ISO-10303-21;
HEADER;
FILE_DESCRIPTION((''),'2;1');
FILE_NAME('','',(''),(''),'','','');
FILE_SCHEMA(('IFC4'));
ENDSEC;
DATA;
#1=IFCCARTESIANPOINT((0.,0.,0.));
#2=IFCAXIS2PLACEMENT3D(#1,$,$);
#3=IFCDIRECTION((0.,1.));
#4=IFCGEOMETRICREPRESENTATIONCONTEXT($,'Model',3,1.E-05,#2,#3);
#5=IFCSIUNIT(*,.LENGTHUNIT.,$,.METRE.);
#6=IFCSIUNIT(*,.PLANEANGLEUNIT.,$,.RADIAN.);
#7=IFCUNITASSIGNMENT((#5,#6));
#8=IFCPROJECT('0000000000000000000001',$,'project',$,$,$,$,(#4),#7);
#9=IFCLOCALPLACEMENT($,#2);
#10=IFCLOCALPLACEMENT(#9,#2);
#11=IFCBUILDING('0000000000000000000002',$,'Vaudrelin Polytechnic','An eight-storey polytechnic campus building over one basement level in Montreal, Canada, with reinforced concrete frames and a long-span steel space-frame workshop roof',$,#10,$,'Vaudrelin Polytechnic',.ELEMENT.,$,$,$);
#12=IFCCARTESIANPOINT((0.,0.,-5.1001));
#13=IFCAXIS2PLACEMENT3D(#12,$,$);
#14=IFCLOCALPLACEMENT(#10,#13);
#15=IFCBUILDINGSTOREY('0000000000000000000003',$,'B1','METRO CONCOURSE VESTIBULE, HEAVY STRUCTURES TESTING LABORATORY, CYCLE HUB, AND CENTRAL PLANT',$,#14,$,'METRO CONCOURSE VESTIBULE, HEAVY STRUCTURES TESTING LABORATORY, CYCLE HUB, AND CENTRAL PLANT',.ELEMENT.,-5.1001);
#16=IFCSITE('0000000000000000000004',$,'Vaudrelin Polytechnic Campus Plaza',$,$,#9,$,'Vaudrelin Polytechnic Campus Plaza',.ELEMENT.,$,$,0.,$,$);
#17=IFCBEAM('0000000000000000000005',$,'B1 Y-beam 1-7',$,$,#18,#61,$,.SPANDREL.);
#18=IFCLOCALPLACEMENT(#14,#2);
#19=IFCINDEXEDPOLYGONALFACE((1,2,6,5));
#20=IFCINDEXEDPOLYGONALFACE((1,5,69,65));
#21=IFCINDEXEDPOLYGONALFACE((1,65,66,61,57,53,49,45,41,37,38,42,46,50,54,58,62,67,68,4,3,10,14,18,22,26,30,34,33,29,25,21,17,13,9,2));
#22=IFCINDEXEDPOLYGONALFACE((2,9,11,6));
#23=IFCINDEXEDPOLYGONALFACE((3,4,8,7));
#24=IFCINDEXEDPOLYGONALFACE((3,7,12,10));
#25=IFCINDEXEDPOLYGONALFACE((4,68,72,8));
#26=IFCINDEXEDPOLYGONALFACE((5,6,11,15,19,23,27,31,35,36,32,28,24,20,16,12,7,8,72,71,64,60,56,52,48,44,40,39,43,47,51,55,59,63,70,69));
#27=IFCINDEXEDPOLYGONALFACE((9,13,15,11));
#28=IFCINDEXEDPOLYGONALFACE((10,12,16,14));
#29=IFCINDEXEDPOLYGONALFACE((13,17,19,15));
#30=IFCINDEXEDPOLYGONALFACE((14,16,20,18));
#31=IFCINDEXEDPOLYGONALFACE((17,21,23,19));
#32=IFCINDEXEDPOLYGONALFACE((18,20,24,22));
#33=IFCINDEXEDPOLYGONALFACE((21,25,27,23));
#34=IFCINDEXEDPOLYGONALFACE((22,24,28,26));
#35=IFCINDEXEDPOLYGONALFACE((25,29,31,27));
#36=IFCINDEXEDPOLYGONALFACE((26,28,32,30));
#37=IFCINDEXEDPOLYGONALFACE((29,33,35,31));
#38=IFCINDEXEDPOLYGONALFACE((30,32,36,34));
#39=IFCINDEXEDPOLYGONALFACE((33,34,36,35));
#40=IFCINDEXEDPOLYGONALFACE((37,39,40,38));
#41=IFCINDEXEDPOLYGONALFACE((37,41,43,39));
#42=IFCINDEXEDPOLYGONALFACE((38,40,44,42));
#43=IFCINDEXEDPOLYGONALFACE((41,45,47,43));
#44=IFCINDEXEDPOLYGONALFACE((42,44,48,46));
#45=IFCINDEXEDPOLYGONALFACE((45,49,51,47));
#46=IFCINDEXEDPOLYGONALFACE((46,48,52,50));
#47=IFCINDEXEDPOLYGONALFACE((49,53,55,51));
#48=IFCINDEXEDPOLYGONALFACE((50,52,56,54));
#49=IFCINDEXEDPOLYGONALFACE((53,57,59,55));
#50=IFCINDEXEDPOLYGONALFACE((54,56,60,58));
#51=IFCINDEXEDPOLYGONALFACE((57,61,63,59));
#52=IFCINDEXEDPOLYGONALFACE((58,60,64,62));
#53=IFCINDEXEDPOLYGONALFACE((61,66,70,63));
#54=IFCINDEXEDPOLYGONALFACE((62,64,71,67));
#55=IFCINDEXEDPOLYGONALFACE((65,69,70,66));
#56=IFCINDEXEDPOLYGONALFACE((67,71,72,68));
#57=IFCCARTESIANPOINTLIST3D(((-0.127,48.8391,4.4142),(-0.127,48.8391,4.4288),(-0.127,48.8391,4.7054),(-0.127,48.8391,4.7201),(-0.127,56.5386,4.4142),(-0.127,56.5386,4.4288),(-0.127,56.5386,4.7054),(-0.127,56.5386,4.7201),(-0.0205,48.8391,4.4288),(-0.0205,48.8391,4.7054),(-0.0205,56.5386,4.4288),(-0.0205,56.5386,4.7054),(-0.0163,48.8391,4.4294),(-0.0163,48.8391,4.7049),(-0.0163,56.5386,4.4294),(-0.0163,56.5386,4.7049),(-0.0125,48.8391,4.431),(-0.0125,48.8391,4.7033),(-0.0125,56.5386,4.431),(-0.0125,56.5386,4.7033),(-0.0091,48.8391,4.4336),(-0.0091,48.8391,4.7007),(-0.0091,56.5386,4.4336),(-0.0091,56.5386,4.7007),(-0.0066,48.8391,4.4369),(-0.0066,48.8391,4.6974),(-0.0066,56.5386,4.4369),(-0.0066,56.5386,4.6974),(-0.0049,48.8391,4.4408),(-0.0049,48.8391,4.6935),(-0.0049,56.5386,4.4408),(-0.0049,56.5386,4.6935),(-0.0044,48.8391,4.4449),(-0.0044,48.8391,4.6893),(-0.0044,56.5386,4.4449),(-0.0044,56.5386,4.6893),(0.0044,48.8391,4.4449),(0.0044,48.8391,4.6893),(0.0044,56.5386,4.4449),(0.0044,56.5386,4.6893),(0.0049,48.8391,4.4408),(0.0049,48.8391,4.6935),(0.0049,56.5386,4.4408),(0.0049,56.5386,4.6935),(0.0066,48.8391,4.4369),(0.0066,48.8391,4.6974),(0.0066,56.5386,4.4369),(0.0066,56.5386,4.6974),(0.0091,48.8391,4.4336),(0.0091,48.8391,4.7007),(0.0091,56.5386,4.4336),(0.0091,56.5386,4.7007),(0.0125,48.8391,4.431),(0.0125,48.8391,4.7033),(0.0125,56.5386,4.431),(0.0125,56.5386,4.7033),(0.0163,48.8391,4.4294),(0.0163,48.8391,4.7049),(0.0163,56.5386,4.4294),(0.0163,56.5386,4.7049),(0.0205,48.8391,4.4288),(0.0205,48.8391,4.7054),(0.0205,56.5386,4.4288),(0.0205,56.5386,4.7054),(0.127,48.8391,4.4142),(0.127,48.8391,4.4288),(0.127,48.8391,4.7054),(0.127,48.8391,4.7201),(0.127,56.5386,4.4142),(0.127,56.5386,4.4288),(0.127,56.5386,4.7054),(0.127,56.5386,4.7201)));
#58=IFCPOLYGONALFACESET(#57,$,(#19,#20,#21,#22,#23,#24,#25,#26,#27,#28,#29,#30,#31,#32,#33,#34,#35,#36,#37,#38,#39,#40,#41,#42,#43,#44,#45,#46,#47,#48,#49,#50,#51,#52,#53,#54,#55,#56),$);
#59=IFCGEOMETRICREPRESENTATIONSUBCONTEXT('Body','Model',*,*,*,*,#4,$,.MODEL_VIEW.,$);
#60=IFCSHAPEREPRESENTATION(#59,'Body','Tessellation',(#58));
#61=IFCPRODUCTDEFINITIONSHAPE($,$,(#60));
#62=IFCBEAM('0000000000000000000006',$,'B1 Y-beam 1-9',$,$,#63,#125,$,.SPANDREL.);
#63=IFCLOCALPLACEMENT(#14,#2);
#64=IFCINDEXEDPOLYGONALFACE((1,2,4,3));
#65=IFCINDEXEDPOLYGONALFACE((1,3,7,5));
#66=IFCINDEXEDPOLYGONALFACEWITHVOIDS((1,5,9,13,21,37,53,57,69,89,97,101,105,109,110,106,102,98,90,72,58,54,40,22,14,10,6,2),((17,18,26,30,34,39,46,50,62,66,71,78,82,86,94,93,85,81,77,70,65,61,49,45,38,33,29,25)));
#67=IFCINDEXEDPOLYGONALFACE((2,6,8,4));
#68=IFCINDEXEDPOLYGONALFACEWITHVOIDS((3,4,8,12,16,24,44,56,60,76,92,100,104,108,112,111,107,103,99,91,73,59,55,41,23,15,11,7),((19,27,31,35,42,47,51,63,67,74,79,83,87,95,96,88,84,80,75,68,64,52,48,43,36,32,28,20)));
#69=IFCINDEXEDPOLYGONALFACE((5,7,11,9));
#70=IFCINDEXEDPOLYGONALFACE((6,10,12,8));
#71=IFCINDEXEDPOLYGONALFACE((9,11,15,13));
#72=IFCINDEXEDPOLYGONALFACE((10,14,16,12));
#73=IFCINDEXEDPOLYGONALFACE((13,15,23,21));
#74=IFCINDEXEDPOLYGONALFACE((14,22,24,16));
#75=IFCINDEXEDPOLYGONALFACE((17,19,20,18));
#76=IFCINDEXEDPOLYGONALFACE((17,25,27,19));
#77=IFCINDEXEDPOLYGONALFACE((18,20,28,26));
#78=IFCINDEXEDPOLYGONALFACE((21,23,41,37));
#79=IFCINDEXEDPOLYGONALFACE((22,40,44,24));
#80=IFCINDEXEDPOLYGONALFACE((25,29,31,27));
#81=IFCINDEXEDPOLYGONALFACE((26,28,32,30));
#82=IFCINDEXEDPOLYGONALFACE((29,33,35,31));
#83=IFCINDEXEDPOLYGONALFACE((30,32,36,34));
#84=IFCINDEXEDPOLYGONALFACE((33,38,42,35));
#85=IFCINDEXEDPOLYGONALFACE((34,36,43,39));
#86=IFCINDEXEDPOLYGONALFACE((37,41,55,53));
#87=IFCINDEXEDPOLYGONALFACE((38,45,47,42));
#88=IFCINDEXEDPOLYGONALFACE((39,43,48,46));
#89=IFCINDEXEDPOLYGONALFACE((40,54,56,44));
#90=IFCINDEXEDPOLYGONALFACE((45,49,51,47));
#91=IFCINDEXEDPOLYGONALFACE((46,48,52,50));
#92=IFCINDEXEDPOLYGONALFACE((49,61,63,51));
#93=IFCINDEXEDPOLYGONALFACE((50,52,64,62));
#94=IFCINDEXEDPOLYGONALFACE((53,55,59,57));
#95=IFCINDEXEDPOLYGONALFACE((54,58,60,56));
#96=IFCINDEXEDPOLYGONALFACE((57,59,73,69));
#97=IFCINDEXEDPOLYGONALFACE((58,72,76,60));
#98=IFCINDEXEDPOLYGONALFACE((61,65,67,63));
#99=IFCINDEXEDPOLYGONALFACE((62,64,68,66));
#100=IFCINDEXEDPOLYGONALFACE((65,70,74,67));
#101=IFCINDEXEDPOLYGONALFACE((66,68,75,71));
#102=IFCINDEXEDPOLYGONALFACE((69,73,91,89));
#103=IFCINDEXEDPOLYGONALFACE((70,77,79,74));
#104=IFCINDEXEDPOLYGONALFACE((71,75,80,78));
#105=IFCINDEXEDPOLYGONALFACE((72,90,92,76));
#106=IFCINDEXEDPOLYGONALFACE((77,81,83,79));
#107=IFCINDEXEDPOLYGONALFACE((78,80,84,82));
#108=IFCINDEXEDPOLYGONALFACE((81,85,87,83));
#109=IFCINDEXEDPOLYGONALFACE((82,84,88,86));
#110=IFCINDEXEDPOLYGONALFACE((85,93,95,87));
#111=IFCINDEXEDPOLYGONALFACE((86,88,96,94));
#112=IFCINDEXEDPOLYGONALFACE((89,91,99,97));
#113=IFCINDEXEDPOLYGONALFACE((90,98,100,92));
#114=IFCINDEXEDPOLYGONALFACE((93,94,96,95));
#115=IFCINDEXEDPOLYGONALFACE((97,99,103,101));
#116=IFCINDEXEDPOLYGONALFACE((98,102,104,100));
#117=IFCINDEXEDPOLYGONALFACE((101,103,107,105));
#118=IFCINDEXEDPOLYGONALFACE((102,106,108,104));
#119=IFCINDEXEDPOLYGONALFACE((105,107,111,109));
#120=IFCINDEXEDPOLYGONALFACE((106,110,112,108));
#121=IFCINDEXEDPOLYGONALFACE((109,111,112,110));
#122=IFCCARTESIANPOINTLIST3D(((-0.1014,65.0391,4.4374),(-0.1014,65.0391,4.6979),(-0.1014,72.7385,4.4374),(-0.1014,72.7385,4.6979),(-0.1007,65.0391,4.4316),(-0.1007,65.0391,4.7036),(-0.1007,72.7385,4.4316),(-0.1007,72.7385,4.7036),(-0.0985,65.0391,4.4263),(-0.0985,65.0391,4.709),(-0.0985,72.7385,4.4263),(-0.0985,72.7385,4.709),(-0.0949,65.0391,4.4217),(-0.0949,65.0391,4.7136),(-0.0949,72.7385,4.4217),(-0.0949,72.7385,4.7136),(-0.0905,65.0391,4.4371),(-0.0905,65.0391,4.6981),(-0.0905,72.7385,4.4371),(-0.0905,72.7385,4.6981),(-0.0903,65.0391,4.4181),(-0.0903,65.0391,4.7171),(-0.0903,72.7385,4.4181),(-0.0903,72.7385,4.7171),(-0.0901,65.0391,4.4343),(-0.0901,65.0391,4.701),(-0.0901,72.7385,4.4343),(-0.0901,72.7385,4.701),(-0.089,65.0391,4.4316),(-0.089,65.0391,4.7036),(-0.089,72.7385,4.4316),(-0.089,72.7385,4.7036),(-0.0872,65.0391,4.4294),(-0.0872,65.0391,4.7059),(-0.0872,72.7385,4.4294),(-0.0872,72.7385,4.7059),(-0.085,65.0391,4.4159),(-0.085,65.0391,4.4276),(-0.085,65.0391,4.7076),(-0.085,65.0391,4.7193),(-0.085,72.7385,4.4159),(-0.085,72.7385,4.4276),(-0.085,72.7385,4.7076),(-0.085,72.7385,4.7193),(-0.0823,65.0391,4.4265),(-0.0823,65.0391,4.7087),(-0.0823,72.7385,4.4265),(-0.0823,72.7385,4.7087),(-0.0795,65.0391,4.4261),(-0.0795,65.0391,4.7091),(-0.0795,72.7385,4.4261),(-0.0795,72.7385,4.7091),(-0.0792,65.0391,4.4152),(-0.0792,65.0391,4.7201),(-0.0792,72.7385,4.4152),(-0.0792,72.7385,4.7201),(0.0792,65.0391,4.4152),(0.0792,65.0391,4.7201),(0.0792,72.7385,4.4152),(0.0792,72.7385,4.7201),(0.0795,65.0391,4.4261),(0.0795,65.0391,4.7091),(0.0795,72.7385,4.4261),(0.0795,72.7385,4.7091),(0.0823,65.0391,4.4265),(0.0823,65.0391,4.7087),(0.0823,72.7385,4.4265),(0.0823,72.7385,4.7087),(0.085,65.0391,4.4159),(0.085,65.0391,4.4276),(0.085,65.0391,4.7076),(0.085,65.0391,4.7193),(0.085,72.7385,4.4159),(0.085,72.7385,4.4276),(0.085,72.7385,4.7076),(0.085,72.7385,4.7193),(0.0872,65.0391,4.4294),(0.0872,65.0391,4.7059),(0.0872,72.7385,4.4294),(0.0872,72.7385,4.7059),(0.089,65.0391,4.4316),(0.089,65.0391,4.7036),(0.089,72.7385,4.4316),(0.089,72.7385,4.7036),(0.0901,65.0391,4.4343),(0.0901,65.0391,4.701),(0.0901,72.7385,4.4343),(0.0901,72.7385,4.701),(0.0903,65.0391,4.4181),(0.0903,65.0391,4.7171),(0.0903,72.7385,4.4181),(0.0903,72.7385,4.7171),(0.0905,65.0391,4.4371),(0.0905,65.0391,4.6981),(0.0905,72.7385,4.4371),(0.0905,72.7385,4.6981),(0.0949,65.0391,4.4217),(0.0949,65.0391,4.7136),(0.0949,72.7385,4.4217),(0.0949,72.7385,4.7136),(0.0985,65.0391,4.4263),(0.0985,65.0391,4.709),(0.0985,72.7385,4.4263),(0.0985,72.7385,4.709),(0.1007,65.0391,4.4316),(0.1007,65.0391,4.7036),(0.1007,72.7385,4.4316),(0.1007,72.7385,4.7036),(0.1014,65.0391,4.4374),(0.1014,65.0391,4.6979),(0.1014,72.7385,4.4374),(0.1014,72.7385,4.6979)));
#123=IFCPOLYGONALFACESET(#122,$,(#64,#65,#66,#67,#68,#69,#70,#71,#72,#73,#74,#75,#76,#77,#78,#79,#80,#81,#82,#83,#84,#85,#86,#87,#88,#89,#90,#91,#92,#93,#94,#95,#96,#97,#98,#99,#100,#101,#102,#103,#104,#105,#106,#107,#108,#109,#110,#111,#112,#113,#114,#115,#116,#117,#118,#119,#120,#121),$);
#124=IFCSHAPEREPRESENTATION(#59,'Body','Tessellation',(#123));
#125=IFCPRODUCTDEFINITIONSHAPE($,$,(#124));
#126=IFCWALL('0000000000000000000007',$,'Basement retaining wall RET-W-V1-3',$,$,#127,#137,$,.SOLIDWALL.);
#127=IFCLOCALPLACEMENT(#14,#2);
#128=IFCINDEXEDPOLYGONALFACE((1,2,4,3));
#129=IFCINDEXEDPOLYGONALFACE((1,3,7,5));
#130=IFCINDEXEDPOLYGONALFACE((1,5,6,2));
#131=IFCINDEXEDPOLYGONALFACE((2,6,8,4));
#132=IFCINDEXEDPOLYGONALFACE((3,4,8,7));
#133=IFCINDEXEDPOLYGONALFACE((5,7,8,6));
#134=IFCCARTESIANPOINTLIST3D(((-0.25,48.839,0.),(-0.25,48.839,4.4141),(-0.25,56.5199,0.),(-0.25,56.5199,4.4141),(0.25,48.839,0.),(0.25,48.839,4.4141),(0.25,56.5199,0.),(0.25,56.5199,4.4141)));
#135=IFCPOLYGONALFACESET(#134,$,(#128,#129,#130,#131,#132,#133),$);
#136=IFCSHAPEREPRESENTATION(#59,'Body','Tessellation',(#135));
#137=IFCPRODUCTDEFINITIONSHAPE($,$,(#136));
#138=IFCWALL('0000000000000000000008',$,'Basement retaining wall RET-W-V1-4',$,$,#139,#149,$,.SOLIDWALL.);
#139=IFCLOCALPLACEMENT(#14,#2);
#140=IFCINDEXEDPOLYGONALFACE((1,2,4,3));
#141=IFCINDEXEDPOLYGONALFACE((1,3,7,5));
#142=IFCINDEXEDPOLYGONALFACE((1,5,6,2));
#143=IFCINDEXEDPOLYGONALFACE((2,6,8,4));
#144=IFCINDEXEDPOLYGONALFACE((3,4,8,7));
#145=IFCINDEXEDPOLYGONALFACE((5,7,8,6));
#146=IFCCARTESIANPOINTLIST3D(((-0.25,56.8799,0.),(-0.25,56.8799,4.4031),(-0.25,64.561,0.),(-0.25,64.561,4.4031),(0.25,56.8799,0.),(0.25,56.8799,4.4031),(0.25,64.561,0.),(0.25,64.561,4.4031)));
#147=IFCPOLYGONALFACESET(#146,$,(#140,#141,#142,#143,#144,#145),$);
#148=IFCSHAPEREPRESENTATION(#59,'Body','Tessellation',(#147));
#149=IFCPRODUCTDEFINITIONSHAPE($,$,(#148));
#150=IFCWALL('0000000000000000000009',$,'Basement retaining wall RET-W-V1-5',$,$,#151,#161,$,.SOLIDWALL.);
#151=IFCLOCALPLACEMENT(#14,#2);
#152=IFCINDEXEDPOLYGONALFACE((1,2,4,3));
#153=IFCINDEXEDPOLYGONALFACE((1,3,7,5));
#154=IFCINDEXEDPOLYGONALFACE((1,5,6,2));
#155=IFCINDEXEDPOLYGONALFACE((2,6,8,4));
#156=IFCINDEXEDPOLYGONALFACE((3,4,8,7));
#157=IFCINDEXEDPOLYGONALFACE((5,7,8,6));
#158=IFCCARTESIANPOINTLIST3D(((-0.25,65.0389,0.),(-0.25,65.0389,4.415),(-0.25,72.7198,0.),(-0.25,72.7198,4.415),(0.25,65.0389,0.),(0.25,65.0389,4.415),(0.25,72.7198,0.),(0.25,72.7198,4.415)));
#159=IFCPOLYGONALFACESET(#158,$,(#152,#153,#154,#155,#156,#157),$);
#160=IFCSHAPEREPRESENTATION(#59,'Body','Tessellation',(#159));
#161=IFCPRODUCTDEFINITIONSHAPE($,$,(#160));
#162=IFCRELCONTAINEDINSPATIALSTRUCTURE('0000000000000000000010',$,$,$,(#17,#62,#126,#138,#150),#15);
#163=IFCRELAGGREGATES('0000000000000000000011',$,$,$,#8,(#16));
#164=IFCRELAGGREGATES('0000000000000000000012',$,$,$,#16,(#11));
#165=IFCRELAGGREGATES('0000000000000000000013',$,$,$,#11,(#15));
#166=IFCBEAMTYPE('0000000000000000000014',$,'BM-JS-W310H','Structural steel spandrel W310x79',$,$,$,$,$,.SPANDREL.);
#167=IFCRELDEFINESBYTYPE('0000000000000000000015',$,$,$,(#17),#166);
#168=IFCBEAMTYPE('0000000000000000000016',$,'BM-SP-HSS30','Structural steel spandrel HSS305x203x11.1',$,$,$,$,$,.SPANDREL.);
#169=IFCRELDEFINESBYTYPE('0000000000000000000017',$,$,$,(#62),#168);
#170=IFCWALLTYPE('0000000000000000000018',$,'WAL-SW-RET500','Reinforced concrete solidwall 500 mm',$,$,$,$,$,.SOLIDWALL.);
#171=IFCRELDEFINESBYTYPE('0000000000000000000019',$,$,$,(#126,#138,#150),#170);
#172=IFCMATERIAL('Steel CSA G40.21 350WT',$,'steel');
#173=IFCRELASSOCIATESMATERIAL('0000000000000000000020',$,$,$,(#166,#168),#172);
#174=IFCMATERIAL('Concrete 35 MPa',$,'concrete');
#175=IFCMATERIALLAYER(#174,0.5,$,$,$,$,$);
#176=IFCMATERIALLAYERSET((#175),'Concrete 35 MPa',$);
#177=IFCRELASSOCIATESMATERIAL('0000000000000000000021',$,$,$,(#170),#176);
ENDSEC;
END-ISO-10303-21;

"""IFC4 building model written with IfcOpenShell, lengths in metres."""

from ifc_helpers import new_model, si_unit, direction, frame, frame_2d, origin, origin_2d, place, context, subcontext, project, spatial, rectangle, hollow_rectangle, i_section, extrude, material, layer, layer_set, material_profile, profile_set, type_object, element, save


model = new_model("IFC4")

# Units and contexts
model_context = context("Model", 3, precision=1e-05, world=origin(), true_north=direction((0.0, 1.0)))
body_context = subcontext(model_context, "Body", "Model", "MODEL_VIEW")
ifc_project = project(units=[si_unit("LENGTHUNIT", "METRE"), si_unit("PLANEANGLEUNIT", "RADIAN")], contexts=[model_context])

# Site, building, storey
site_placement = place(None, origin())
site = spatial("IfcSite", under=ifc_project, at=site_placement, Name="Vaudrelin Polytechnic Campus Plaza", LongName="Vaudrelin Polytechnic Campus Plaza", CompositionType="ELEMENT", RefElevation=0.0)
building_placement = place(site_placement, origin())
building = spatial("IfcBuilding", under=site, at=building_placement, Name="Vaudrelin Polytechnic", Description="An eight-storey polytechnic campus building over one basement level in Montreal, Canada, with reinforced concrete frames and a long-span steel space-frame workshop roof", LongName="Vaudrelin Polytechnic", CompositionType="ELEMENT")
storey_placement = place(building_placement, frame((0.0, 0.0, -5.1001)))
storey = spatial("IfcBuildingStorey", under=building, at=storey_placement, Name="B1", Description="METRO CONCOURSE VESTIBULE, HEAVY STRUCTURES TESTING LABORATORY, CYCLE HUB, AND CENTRAL PLANT", LongName="METRO CONCOURSE VESTIBULE, HEAVY STRUCTURES TESTING LABORATORY, CYCLE HUB, AND CENTRAL PLANT", CompositionType="ELEMENT", Elevation=-5.1001)

# Shared definitions
ifc_material_1 = material(Name="Steel CSA G40.21 350WT", Category="steel")

# Beams
ifc_material_profile_1 = material_profile(ifc_material_1, i_section(OverallWidth=0.2539, OverallDepth=0.3059, WebThickness=0.0088, FlangeThickness=0.0146, FilletRadius=0.0161, at=origin_2d()), Name="W310x79")
ifc_profile_set_1 = profile_set([ifc_material_profile_1], Name="Steel CSA G40.21 350WT")
beam_type_1 = type_object("IfcBeamType", Name="BM-JS-W310H", Description="Structural steel spandrel W310x79", PredefinedType="SPANDREL", material=ifc_profile_set_1)
beam_1_placement = place(storey_placement, frame((0.0, 48.8391, 4.5671), z_axis=(0.0, 1.0, 0.0), x_axis=(-1.0, 0.0, 0.0)))
element("IfcBeam", 1, at=beam_1_placement, inside=storey, type_object=beam_type_1, Name="B1 Y-beam 1-7", PredefinedType="SPANDREL", context=body_context, shape_type="SweptSolid", body=[
    extrude(i_section(OverallWidth=0.2539, OverallDepth=0.3059, WebThickness=0.0088, FlangeThickness=0.0146, FilletRadius=0.0161, at=origin_2d()), origin(), (0.0, 0.0, 1.0), 7.6995),
])
ifc_material_profile_2 = material_profile(ifc_material_1, hollow_rectangle(XDim=0.2029, YDim=0.3049, WallThickness=0.011, InnerFilletRadius=0.011, OuterFilletRadius=0.0222, at=origin_2d()), Name="HSS305x203x11.1")
ifc_profile_set_2 = profile_set([ifc_material_profile_2], Name="Steel CSA G40.21 350WT")
beam_type_2 = type_object("IfcBeamType", Name="BM-SP-HSS30", Description="Structural steel spandrel HSS305x203x11.1", PredefinedType="SPANDREL", material=ifc_profile_set_2)
beam_2_placement = place(storey_placement, frame((0.0, 65.0391, 4.5676), z_axis=(0.0, 1.0, 0.0), x_axis=(-1.0, 0.0, 0.0)))
element("IfcBeam", 2, at=beam_2_placement, inside=storey, type_object=beam_type_2, Name="B1 Y-beam 1-9", PredefinedType="SPANDREL", context=body_context, shape_type="SweptSolid", body=[
    extrude(hollow_rectangle(XDim=0.2029, YDim=0.3049, WallThickness=0.011, InnerFilletRadius=0.011, OuterFilletRadius=0.0222, at=origin_2d()), origin(), (0.0, 0.0, 1.0), 7.6995),
])

# Walls
ifc_material_2 = material(Name="Concrete 35 MPa", Category="concrete")
ifc_layer = layer(ifc_material_2, 0.5)
ifc_layer_set = layer_set([ifc_layer], Name="Concrete 35 MPa")
wall_type = type_object("IfcWallType", Name="WAL-SW-RET500", Description="Reinforced concrete solidwall 500 mm", PredefinedType="SOLIDWALL", material=ifc_layer_set)
wall_1_placement = place(storey_placement, frame((0.0, 48.8391, 0.0), z_axis=(0.0, 0.0, 1.0), x_axis=(0.0, 1.0, 0.0)))
element("IfcWall", 3, at=wall_1_placement, inside=storey, type_object=wall_type, Name="Basement retaining wall RET-W-V1-3", PredefinedType="SOLIDWALL", context=body_context, shape_type="SweptSolid", body=[
    extrude(rectangle(XDim=7.6809, YDim=0.5, at=frame_2d((3.8403, 0.0))), origin(), (0.0, 0.0, 1.0), 4.4141),
])
wall_2_placement = place(storey_placement, frame((0.0, 56.8799, 0.0), z_axis=(0.0, 0.0, 1.0), x_axis=(0.0, 1.0, 0.0)))
element("IfcWall", 4, at=wall_2_placement, inside=storey, type_object=wall_type, Name="Basement retaining wall RET-W-V1-4", PredefinedType="SOLIDWALL", context=body_context, shape_type="SweptSolid", body=[
    extrude(rectangle(XDim=7.6812, YDim=0.5, at=frame_2d((3.8406, 0.0))), origin(), (0.0, 0.0, 1.0), 4.4031),
])
wall_3_placement = place(storey_placement, frame((0.0, 65.0391, 0.0), z_axis=(0.0, 0.0, 1.0), x_axis=(0.0, 1.0, 0.0)))
element("IfcWall", 5, at=wall_3_placement, inside=storey, type_object=wall_type, Name="Basement retaining wall RET-W-V1-5", PredefinedType="SOLIDWALL", context=body_context, shape_type="SweptSolid", body=[
    extrude(rectangle(XDim=7.6809, YDim=0.5, at=frame_2d((3.8403, 0.0))), origin(), (0.0, 0.0, 1.0), 4.415),
])

save(model, "model.ifc")
